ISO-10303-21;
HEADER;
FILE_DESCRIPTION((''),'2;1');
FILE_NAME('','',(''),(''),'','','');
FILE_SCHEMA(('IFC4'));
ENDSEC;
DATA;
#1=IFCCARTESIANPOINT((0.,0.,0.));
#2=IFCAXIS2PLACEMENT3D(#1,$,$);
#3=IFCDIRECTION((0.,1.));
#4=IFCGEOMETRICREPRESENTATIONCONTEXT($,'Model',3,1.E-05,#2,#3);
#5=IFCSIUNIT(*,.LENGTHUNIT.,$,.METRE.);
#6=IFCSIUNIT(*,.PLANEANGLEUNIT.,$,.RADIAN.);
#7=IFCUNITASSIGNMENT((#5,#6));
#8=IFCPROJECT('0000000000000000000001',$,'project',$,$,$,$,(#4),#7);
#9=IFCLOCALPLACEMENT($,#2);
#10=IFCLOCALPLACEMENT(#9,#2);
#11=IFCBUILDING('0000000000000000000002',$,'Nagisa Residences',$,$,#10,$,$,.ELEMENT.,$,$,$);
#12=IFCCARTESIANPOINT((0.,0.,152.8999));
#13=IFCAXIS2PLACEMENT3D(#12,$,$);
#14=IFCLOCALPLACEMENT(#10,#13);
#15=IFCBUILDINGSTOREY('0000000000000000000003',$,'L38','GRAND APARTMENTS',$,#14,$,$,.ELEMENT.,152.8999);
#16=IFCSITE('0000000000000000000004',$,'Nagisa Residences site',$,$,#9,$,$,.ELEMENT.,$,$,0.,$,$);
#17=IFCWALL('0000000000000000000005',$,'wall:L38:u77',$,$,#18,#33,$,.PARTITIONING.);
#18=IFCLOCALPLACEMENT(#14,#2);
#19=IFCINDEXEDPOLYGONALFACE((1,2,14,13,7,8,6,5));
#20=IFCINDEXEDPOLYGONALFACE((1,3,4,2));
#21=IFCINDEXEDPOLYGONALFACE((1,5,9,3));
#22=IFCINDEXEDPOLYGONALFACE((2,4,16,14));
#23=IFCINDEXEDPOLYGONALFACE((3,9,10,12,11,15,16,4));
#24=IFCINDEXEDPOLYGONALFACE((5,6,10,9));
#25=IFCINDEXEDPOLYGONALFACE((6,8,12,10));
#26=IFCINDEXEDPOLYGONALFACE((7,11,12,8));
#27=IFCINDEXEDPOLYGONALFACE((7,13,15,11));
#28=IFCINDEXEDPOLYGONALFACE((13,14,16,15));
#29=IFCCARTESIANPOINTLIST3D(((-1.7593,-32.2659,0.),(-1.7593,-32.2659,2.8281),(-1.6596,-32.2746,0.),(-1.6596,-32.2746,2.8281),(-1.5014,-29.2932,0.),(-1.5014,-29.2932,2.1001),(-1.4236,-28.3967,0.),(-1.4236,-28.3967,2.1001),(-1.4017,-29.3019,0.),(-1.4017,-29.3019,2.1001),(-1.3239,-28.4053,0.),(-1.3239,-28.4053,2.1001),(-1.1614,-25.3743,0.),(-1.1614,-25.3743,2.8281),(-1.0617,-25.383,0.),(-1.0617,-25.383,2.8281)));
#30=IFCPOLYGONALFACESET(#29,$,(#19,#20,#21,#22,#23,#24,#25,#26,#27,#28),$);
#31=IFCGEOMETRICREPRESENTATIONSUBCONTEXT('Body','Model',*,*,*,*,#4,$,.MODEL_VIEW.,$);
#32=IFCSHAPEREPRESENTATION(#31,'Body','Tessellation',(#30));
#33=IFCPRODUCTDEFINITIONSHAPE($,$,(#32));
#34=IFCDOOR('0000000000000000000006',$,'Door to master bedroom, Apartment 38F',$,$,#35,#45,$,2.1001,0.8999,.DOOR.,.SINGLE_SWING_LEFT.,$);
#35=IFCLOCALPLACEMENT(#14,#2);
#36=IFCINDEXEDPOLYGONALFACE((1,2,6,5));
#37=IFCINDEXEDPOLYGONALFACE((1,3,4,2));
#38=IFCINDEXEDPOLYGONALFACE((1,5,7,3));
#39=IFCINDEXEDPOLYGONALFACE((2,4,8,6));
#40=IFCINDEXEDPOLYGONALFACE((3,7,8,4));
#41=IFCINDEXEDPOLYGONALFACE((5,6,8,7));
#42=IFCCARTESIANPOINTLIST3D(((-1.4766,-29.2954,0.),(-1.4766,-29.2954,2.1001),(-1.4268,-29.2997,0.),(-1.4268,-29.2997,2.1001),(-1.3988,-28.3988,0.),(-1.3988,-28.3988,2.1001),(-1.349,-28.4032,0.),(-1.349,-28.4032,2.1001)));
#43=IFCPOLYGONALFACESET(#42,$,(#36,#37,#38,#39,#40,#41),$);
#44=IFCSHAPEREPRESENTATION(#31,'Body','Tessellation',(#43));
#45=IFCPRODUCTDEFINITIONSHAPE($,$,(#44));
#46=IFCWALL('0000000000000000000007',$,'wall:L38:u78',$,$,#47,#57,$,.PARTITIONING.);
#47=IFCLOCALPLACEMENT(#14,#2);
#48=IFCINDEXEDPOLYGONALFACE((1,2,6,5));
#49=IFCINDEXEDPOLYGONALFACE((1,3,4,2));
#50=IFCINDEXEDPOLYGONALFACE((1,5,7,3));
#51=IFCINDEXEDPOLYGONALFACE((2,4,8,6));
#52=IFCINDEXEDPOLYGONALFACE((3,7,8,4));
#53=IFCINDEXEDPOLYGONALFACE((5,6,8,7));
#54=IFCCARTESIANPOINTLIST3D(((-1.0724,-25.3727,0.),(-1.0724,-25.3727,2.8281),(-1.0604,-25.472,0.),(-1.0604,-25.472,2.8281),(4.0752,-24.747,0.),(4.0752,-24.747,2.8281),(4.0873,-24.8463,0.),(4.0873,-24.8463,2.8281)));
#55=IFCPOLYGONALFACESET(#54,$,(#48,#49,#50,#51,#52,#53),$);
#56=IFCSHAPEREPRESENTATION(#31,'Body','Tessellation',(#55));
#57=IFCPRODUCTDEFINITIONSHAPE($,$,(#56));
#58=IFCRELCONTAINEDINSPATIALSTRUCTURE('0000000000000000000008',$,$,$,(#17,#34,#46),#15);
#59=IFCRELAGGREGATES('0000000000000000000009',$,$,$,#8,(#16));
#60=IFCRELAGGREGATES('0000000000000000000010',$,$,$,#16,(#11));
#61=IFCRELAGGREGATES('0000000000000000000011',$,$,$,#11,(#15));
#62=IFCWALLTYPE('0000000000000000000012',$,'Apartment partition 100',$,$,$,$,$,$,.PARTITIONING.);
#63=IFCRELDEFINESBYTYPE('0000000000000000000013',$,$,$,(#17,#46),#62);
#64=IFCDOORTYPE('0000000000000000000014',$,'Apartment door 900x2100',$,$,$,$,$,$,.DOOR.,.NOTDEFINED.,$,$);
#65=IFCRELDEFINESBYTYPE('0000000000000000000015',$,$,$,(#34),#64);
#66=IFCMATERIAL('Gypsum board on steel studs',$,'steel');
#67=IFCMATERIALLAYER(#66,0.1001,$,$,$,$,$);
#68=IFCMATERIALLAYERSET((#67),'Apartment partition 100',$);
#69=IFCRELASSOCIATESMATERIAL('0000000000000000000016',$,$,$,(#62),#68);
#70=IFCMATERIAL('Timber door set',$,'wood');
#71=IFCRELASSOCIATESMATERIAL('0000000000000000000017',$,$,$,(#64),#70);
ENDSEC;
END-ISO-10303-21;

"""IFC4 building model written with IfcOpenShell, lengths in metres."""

from ifc_helpers import new_model, si_unit, direction, frame, frame_2d, origin, place, context, subcontext, project, spatial, rectangle, extrude, material, layer, layer_set, type_object, element, fill, save


model = new_model("IFC4")

# Units and contexts
model_context = context("Model", 3, precision=1e-05, world=origin(), true_north=direction((0.0, 1.0)))
body_context = subcontext(model_context, "Body", "Model", "MODEL_VIEW")
ifc_project = project(units=[si_unit("LENGTHUNIT", "METRE"), si_unit("PLANEANGLEUNIT", "RADIAN")], contexts=[model_context])

# Site, building, storey
site_placement = place(None, origin())
site = spatial("IfcSite", under=ifc_project, at=site_placement, Name="Nagisa Residences site", CompositionType="ELEMENT", RefElevation=0.0)
building_placement = place(site_placement, origin())
building = spatial("IfcBuilding", under=site, at=building_placement, Name="Nagisa Residences", CompositionType="ELEMENT")
storey_placement = place(building_placement, frame((0.0, 0.0, 152.8999)))
storey = spatial("IfcBuildingStorey", under=building, at=storey_placement, Name="L38", Description="GRAND APARTMENTS", CompositionType="ELEMENT", Elevation=152.8999)

# Shared definitions
ifc_material_1 = material(Name="Gypsum board on steel studs", Category="steel")
ifc_layer_1 = layer(ifc_material_1, 0.1001)
ifc_layer_set_1 = layer_set([ifc_layer_1], Name="Apartment partition 100")
wall_type_1 = type_object("IfcWallType", Name="Apartment partition 100", PredefinedType="PARTITIONING", material=ifc_layer_set_1)

# Wall, opening, door
ifc_material_2 = material(Name="Timber door set", Category="wood")
door_type_1 = type_object("IfcDoorType", Name="Apartment door 900x2100", OperationType="NOTDEFINED", PredefinedType="DOOR", material=ifc_material_2)
wall_1_placement = place(storey_placement, frame((-1.1116, -25.3787, 0.0), z_axis=(0.0, 0.0, 1.0), x_axis=(-0.086433, -0.996258, 0.0)))
wall_1 = element("IfcWall", 1, at=wall_1_placement, inside=storey, type_object=wall_type_1, Name="wall:L38:u77", PredefinedType="PARTITIONING", context=body_context, shape_type="SweptSolid", body=[
    extrude(rectangle(XDim=6.9175, YDim=0.1001, at=frame_2d((3.4587, 0.0))), origin(), (0.0, 0.0, 1.0), 2.8281),
])
opening_1_placement = place(wall_1_placement, frame((3.0337, 0.0, 0.0)))
opening_1 = element("IfcOpeningElement", 2, at=opening_1_placement, cuts=wall_1, PredefinedType="OPENING", context=body_context, shape_type="SweptSolid", body=[
    extrude(rectangle(XDim=0.8999, YDim=2.1001, at=frame_2d((0.45, 1.05))), frame((0.0, 0.0601, 0.0), z_axis=(0.0, -1.0, 0.0), x_axis=(1.0, 0.0, 0.0)), (0.0, 0.0, 1.0), 0.1201),
])
door_1_placement = place(opening_1_placement, origin())
door_1 = element("IfcDoor", 3, at=door_1_placement, inside=storey, type_object=door_type_1, Name="Door to master bedroom, Apartment 38F", OperationType="SINGLE_SWING_LEFT", OverallHeight=2.1001, OverallWidth=0.8999, PredefinedType="DOOR", context=body_context, shape_type="SweptSolid", body=[
    extrude(rectangle(XDim=0.8999, YDim=2.1001, at=frame_2d((0.45, 1.05))), frame((0.0, 0.0249, 0.0), z_axis=(0.0, -1.0, 0.0), x_axis=(1.0, 0.0, 0.0)), (0.0, 0.0, 1.0), 0.05),
])
fill(opening_1, door_1)

# Wall
wall_2_placement = place(storey_placement, frame((-1.0664, -25.4224, 0.0), z_axis=(0.0, 0.0, 1.0), x_axis=(0.992693, 0.120667, 0.0)))
element("IfcWall", 4, at=wall_2_placement, inside=storey, type_object=wall_type_1, Name="wall:L38:u78", PredefinedType="PARTITIONING", context=body_context, shape_type="SweptSolid", body=[
    extrude(rectangle(XDim=5.1855, YDim=0.1001, at=frame_2d((2.5928, 0.0))), origin(), (0.0, 0.0, 1.0), 2.8281),
])

save(model, "model.ifc")
